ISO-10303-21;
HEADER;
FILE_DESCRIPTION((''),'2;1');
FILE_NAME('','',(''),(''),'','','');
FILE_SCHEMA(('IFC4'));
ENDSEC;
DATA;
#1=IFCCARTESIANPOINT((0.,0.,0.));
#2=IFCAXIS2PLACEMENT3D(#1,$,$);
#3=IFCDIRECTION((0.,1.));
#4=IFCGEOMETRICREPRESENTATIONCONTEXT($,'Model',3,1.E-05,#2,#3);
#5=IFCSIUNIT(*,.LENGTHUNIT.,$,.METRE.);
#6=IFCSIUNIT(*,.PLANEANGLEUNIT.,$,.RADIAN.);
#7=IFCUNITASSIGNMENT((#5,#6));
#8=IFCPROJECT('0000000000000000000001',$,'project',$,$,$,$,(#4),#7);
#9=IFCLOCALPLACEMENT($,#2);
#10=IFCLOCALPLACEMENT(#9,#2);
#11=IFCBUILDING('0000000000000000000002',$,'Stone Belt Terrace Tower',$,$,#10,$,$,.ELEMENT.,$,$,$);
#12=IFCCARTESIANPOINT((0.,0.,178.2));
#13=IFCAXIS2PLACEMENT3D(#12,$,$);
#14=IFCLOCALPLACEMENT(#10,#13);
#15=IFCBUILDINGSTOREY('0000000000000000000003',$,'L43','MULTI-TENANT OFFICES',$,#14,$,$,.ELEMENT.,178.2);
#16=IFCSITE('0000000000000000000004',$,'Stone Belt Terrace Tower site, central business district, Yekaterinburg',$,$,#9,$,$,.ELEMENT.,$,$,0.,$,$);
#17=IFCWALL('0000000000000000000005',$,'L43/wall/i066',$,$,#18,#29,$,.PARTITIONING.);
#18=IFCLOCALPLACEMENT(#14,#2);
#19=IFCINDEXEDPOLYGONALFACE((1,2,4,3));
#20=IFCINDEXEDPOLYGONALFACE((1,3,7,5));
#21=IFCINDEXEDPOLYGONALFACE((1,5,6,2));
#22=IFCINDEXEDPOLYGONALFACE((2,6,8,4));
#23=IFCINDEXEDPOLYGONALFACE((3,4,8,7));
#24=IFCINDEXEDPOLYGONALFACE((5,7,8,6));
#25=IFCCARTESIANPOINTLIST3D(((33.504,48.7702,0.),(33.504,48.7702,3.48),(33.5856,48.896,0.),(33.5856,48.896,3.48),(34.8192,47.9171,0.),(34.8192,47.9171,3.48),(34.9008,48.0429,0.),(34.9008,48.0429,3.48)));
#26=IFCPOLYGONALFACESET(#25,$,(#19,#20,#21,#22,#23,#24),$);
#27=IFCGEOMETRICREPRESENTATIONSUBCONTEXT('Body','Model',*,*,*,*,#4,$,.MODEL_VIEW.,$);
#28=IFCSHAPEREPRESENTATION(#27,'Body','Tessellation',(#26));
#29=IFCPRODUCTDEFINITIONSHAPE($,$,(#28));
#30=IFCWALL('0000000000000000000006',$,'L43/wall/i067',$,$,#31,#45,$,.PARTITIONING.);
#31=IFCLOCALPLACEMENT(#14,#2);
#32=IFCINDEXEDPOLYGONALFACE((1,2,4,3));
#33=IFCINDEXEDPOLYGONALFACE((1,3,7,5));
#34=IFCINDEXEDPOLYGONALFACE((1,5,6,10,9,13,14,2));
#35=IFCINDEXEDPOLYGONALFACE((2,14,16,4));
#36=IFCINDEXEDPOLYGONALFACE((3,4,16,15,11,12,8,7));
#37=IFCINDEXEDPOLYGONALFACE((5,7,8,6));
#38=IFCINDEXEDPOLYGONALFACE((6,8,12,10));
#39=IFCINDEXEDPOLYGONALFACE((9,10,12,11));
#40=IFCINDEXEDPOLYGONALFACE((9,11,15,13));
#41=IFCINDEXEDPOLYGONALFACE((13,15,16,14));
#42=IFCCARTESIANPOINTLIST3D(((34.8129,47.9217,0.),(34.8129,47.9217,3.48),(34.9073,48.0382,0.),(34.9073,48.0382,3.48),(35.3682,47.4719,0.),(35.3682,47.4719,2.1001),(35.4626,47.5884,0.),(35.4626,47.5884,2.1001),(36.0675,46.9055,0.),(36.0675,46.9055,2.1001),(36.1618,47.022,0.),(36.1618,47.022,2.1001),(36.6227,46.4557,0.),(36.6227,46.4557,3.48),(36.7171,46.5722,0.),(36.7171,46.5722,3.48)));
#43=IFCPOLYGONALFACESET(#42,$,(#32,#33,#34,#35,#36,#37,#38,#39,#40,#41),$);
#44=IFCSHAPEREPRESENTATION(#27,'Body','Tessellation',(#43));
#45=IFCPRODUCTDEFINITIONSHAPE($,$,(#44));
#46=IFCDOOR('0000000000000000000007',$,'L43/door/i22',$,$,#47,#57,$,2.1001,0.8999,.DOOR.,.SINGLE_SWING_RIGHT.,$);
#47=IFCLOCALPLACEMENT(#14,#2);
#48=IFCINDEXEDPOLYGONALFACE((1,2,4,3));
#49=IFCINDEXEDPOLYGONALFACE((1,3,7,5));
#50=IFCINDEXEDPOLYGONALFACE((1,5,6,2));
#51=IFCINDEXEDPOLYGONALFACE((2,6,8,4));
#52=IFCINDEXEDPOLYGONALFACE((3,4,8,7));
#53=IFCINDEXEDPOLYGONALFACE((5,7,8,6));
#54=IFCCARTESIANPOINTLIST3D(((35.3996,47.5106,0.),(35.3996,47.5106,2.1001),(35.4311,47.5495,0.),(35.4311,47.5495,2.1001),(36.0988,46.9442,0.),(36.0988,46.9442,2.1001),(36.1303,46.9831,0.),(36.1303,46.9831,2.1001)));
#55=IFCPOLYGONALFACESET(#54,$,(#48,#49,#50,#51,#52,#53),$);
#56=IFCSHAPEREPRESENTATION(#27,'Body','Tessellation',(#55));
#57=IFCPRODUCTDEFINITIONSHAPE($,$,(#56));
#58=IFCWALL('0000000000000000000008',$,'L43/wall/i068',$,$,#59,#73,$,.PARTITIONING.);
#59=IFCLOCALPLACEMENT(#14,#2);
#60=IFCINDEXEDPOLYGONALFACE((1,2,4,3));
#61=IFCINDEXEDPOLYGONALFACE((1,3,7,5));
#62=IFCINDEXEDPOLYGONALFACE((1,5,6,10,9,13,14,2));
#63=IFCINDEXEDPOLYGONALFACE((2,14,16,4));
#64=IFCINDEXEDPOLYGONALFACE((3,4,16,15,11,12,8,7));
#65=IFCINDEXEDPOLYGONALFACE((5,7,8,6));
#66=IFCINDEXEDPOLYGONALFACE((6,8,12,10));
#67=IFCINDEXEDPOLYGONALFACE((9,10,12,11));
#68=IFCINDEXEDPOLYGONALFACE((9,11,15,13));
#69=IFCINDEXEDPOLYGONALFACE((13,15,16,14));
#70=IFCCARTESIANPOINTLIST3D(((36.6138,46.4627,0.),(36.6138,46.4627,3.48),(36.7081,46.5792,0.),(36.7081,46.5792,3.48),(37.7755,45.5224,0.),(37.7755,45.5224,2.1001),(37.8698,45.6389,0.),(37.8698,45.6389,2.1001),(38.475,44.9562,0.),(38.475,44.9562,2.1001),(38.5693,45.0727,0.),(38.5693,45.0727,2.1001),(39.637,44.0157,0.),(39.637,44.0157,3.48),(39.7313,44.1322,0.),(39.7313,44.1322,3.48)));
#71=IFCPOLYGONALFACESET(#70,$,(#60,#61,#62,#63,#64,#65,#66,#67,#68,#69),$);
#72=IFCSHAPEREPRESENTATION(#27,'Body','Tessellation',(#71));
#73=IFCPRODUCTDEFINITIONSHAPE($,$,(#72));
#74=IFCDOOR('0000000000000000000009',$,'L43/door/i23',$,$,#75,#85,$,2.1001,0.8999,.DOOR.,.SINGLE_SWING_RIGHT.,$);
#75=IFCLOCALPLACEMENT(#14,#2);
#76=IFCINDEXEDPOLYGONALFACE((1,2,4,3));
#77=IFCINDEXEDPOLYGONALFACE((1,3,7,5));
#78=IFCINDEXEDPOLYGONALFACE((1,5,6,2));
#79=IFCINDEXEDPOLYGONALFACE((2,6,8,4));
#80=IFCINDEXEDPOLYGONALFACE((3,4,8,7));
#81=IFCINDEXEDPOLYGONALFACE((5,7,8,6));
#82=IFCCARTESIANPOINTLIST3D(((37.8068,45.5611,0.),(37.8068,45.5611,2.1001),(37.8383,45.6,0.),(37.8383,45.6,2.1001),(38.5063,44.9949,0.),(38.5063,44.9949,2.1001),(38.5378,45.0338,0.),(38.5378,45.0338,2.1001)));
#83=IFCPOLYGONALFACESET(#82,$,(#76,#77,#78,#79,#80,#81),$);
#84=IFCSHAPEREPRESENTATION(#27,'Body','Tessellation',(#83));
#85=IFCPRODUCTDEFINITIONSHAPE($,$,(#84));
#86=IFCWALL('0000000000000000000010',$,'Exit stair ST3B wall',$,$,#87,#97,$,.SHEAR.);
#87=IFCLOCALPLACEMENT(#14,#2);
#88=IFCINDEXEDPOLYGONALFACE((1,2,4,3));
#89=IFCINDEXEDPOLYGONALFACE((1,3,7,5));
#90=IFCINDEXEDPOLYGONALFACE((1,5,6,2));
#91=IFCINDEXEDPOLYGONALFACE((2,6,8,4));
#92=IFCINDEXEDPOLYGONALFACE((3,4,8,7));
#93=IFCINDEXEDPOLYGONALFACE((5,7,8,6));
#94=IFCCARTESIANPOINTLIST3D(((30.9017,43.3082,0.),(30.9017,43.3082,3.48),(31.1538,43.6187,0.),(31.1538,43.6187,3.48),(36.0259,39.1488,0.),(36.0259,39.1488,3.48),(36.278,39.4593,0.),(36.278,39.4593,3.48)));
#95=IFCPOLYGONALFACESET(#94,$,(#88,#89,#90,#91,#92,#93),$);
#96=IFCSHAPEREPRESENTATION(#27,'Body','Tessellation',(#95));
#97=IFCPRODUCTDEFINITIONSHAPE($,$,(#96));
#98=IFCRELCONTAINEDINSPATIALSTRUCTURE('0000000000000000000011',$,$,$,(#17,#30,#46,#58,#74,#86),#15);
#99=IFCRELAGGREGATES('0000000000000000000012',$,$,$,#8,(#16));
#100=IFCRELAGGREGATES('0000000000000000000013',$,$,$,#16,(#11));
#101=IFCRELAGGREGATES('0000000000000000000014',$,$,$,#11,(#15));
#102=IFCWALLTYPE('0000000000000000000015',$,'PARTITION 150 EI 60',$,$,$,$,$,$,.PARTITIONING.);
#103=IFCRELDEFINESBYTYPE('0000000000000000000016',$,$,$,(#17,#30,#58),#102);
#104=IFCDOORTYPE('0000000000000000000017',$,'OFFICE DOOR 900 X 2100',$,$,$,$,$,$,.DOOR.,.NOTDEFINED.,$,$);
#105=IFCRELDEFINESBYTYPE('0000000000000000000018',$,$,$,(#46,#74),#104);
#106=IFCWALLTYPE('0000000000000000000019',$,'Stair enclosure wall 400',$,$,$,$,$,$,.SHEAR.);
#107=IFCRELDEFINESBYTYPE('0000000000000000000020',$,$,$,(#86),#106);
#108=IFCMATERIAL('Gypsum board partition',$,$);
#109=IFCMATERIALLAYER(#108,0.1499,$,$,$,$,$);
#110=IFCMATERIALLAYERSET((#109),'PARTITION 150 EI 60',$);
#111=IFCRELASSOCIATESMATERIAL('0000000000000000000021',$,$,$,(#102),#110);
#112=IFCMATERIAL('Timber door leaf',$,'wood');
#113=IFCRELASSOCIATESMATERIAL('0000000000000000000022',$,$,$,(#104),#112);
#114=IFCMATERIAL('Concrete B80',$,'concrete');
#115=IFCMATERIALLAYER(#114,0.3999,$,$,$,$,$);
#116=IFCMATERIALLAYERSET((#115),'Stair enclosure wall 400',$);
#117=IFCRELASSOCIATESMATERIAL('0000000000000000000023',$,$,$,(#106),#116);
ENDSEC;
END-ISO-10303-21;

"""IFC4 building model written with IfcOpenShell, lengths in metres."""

from ifc_helpers import new_model, si_unit, direction, frame, frame_2d, origin, place, context, subcontext, project, spatial, rectangle, extrude, material, layer, layer_set, type_object, element, fill, save


model = new_model("IFC4")

# Units and contexts
model_context = context("Model", 3, precision=1e-05, world=origin(), true_north=direction((0.0, 1.0)))
body_context = subcontext(model_context, "Body", "Model", "MODEL_VIEW")
ifc_project = project(units=[si_unit("LENGTHUNIT", "METRE"), si_unit("PLANEANGLEUNIT", "RADIAN")], contexts=[model_context])

# Site, building, storey
site_placement = place(None, origin())
site = spatial("IfcSite", under=ifc_project, at=site_placement, Name="Stone Belt Terrace Tower site, central business district, Yekaterinburg", CompositionType="ELEMENT", RefElevation=0.0)
building_placement = place(site_placement, origin())
building = spatial("IfcBuilding", under=site, at=building_placement, Name="Stone Belt Terrace Tower", CompositionType="ELEMENT")
storey_placement = place(building_placement, frame((0.0, 0.0, 178.2)))
storey = spatial("IfcBuildingStorey", under=building, at=storey_placement, Name="L43", Description="MULTI-TENANT OFFICES", CompositionType="ELEMENT", Elevation=178.2)

# Shared definitions
ifc_material_1 = material(Name="Concrete B80", Category="concrete")

# Shared definitions
ifc_material_2 = material(Name="Timber door leaf", Category="wood")

# Shared definitions
ifc_material_3 = material(Name="Gypsum board partition")
ifc_layer_1 = layer(ifc_material_3, 0.1499)
ifc_layer_set_1 = layer_set([ifc_layer_1], Name="PARTITION 150 EI 60")
wall_type_1 = type_object("IfcWallType", Name="PARTITION 150 EI 60", PredefinedType="PARTITIONING", material=ifc_layer_set_1)

# Shared definitions
door_type_1 = type_object("IfcDoorType", Name="OFFICE DOOR 900 X 2100", OperationType="NOTDEFINED", PredefinedType="DOOR", material=ifc_material_2)

# Wall
wall_1_placement = place(storey_placement, frame((33.5449, 48.833, 0.0), z_axis=(0.0, 0.0, 1.0), x_axis=(0.838981, -0.544161, 0.0)))
element("IfcWall", 1, at=wall_1_placement, inside=storey, type_object=wall_type_1, Name="L43/wall/i066", PredefinedType="PARTITIONING", context=body_context, shape_type="SweptSolid", body=[
    extrude(rectangle(XDim=1.5676, YDim=0.1499, at=frame_2d((0.7837, 0.0))), origin(), (0.0, 0.0, 1.0), 3.48),
])

# Walls, openings, doors
wall_2_placement = place(storey_placement, frame((34.8601, 47.98, 0.0), z_axis=(0.0, 0.0, 1.0), x_axis=(0.77704, -0.629451, 0.0)))
wall_2 = element("IfcWall", 2, at=wall_2_placement, inside=storey, type_object=wall_type_1, Name="L43/wall/i067", PredefinedType="PARTITIONING", context=body_context, shape_type="SweptSolid", body=[
    extrude(rectangle(XDim=2.3291, YDim=0.1499, at=frame_2d((1.1646, 0.0))), origin(), (0.0, 0.0, 1.0), 3.48),
])
opening_1_placement = place(wall_2_placement, frame((0.7146, 0.0, 0.0)))
opening_1 = element("IfcOpeningElement", 3, at=opening_1_placement, cuts=wall_2, PredefinedType="OPENING", context=body_context, shape_type="SweptSolid", body=[
    extrude(rectangle(XDim=0.8999, YDim=2.1001, at=frame_2d((0.45, 1.05))), frame((0.0, 0.085, 0.0), z_axis=(0.0, -1.0, 0.0), x_axis=(1.0, 0.0, 0.0)), (0.0, 0.0, 1.0), 0.1699),
])
door_1_placement = place(opening_1_placement, origin())
door_1 = element("IfcDoor", 4, at=door_1_placement, inside=storey, type_object=door_type_1, Name="L43/door/i22", OperationType="SINGLE_SWING_RIGHT", OverallHeight=2.1001, OverallWidth=0.8999, PredefinedType="DOOR", context=body_context, shape_type="SweptSolid", body=[
    extrude(rectangle(XDim=0.8999, YDim=2.1001, at=frame_2d((0.45, 1.05))), frame((0.0, 0.0249, 0.0), z_axis=(0.0, -1.0, 0.0), x_axis=(1.0, 0.0, 0.0)), (0.0, 0.0, 1.0), 0.05),
])
fill(opening_1, door_1)
wall_3_placement = place(storey_placement, frame((36.6609, 46.521, 0.0), z_axis=(0.0, 0.0, 1.0), x_axis=(0.777286, -0.629148, 0.0)))
wall_3 = element("IfcWall", 5, at=wall_3_placement, inside=storey, type_object=wall_type_1, Name="L43/wall/i068", PredefinedType="PARTITIONING", context=body_context, shape_type="SweptSolid", body=[
    extrude(rectangle(XDim=3.8894, YDim=0.1499, at=frame_2d((1.9448, 0.0))), origin(), (0.0, 0.0, 1.0), 3.48),
])
opening_2_placement = place(wall_3_placement, frame((1.4946, 0.0, 0.0)))
opening_2 = element("IfcOpeningElement", 6, at=opening_2_placement, cuts=wall_3, PredefinedType="OPENING", context=body_context, shape_type="SweptSolid", body=[
    extrude(rectangle(XDim=0.8999, YDim=2.1001, at=frame_2d((0.45, 1.05))), frame((0.0, 0.085, 0.0), z_axis=(0.0, -1.0, 0.0), x_axis=(1.0, 0.0, 0.0)), (0.0, 0.0, 1.0), 0.1699),
])
door_2_placement = place(opening_2_placement, origin())
door_2 = element("IfcDoor", 7, at=door_2_placement, inside=storey, type_object=door_type_1, Name="L43/door/i23", OperationType="SINGLE_SWING_RIGHT", OverallHeight=2.1001, OverallWidth=0.8999, PredefinedType="DOOR", context=body_context, shape_type="SweptSolid", body=[
    extrude(rectangle(XDim=0.8999, YDim=2.1001, at=frame_2d((0.45, 1.05))), frame((0.0, 0.0249, 0.0), z_axis=(0.0, -1.0, 0.0), x_axis=(1.0, 0.0, 0.0)), (0.0, 0.0, 1.0), 0.05),
])
fill(opening_2, door_2)

# Wall
ifc_layer_2 = layer(ifc_material_1, 0.3999)
ifc_layer_set_2 = layer_set([ifc_layer_2], Name="Stair enclosure wall 400")
wall_type_2 = type_object("IfcWallType", Name="Stair enclosure wall 400", PredefinedType="SHEAR", material=ifc_layer_set_2)
wall_4_placement = place(storey_placement, frame((31.0278, 43.4634, 0.0), z_axis=(0.0, 0.0, 1.0), x_axis=(0.776414, -0.630224, 0.0)))
element("IfcWall", 8, at=wall_4_placement, inside=storey, type_object=wall_type_2, Name="Exit stair ST3B wall", PredefinedType="SHEAR", context=body_context, shape_type="SweptSolid", body=[
    extrude(rectangle(XDim=6.5999, YDim=0.3999, at=frame_2d((3.2998, 0.0))), origin(), (0.0, 0.0, 1.0), 3.48),
])

save(model, "model.ifc")
